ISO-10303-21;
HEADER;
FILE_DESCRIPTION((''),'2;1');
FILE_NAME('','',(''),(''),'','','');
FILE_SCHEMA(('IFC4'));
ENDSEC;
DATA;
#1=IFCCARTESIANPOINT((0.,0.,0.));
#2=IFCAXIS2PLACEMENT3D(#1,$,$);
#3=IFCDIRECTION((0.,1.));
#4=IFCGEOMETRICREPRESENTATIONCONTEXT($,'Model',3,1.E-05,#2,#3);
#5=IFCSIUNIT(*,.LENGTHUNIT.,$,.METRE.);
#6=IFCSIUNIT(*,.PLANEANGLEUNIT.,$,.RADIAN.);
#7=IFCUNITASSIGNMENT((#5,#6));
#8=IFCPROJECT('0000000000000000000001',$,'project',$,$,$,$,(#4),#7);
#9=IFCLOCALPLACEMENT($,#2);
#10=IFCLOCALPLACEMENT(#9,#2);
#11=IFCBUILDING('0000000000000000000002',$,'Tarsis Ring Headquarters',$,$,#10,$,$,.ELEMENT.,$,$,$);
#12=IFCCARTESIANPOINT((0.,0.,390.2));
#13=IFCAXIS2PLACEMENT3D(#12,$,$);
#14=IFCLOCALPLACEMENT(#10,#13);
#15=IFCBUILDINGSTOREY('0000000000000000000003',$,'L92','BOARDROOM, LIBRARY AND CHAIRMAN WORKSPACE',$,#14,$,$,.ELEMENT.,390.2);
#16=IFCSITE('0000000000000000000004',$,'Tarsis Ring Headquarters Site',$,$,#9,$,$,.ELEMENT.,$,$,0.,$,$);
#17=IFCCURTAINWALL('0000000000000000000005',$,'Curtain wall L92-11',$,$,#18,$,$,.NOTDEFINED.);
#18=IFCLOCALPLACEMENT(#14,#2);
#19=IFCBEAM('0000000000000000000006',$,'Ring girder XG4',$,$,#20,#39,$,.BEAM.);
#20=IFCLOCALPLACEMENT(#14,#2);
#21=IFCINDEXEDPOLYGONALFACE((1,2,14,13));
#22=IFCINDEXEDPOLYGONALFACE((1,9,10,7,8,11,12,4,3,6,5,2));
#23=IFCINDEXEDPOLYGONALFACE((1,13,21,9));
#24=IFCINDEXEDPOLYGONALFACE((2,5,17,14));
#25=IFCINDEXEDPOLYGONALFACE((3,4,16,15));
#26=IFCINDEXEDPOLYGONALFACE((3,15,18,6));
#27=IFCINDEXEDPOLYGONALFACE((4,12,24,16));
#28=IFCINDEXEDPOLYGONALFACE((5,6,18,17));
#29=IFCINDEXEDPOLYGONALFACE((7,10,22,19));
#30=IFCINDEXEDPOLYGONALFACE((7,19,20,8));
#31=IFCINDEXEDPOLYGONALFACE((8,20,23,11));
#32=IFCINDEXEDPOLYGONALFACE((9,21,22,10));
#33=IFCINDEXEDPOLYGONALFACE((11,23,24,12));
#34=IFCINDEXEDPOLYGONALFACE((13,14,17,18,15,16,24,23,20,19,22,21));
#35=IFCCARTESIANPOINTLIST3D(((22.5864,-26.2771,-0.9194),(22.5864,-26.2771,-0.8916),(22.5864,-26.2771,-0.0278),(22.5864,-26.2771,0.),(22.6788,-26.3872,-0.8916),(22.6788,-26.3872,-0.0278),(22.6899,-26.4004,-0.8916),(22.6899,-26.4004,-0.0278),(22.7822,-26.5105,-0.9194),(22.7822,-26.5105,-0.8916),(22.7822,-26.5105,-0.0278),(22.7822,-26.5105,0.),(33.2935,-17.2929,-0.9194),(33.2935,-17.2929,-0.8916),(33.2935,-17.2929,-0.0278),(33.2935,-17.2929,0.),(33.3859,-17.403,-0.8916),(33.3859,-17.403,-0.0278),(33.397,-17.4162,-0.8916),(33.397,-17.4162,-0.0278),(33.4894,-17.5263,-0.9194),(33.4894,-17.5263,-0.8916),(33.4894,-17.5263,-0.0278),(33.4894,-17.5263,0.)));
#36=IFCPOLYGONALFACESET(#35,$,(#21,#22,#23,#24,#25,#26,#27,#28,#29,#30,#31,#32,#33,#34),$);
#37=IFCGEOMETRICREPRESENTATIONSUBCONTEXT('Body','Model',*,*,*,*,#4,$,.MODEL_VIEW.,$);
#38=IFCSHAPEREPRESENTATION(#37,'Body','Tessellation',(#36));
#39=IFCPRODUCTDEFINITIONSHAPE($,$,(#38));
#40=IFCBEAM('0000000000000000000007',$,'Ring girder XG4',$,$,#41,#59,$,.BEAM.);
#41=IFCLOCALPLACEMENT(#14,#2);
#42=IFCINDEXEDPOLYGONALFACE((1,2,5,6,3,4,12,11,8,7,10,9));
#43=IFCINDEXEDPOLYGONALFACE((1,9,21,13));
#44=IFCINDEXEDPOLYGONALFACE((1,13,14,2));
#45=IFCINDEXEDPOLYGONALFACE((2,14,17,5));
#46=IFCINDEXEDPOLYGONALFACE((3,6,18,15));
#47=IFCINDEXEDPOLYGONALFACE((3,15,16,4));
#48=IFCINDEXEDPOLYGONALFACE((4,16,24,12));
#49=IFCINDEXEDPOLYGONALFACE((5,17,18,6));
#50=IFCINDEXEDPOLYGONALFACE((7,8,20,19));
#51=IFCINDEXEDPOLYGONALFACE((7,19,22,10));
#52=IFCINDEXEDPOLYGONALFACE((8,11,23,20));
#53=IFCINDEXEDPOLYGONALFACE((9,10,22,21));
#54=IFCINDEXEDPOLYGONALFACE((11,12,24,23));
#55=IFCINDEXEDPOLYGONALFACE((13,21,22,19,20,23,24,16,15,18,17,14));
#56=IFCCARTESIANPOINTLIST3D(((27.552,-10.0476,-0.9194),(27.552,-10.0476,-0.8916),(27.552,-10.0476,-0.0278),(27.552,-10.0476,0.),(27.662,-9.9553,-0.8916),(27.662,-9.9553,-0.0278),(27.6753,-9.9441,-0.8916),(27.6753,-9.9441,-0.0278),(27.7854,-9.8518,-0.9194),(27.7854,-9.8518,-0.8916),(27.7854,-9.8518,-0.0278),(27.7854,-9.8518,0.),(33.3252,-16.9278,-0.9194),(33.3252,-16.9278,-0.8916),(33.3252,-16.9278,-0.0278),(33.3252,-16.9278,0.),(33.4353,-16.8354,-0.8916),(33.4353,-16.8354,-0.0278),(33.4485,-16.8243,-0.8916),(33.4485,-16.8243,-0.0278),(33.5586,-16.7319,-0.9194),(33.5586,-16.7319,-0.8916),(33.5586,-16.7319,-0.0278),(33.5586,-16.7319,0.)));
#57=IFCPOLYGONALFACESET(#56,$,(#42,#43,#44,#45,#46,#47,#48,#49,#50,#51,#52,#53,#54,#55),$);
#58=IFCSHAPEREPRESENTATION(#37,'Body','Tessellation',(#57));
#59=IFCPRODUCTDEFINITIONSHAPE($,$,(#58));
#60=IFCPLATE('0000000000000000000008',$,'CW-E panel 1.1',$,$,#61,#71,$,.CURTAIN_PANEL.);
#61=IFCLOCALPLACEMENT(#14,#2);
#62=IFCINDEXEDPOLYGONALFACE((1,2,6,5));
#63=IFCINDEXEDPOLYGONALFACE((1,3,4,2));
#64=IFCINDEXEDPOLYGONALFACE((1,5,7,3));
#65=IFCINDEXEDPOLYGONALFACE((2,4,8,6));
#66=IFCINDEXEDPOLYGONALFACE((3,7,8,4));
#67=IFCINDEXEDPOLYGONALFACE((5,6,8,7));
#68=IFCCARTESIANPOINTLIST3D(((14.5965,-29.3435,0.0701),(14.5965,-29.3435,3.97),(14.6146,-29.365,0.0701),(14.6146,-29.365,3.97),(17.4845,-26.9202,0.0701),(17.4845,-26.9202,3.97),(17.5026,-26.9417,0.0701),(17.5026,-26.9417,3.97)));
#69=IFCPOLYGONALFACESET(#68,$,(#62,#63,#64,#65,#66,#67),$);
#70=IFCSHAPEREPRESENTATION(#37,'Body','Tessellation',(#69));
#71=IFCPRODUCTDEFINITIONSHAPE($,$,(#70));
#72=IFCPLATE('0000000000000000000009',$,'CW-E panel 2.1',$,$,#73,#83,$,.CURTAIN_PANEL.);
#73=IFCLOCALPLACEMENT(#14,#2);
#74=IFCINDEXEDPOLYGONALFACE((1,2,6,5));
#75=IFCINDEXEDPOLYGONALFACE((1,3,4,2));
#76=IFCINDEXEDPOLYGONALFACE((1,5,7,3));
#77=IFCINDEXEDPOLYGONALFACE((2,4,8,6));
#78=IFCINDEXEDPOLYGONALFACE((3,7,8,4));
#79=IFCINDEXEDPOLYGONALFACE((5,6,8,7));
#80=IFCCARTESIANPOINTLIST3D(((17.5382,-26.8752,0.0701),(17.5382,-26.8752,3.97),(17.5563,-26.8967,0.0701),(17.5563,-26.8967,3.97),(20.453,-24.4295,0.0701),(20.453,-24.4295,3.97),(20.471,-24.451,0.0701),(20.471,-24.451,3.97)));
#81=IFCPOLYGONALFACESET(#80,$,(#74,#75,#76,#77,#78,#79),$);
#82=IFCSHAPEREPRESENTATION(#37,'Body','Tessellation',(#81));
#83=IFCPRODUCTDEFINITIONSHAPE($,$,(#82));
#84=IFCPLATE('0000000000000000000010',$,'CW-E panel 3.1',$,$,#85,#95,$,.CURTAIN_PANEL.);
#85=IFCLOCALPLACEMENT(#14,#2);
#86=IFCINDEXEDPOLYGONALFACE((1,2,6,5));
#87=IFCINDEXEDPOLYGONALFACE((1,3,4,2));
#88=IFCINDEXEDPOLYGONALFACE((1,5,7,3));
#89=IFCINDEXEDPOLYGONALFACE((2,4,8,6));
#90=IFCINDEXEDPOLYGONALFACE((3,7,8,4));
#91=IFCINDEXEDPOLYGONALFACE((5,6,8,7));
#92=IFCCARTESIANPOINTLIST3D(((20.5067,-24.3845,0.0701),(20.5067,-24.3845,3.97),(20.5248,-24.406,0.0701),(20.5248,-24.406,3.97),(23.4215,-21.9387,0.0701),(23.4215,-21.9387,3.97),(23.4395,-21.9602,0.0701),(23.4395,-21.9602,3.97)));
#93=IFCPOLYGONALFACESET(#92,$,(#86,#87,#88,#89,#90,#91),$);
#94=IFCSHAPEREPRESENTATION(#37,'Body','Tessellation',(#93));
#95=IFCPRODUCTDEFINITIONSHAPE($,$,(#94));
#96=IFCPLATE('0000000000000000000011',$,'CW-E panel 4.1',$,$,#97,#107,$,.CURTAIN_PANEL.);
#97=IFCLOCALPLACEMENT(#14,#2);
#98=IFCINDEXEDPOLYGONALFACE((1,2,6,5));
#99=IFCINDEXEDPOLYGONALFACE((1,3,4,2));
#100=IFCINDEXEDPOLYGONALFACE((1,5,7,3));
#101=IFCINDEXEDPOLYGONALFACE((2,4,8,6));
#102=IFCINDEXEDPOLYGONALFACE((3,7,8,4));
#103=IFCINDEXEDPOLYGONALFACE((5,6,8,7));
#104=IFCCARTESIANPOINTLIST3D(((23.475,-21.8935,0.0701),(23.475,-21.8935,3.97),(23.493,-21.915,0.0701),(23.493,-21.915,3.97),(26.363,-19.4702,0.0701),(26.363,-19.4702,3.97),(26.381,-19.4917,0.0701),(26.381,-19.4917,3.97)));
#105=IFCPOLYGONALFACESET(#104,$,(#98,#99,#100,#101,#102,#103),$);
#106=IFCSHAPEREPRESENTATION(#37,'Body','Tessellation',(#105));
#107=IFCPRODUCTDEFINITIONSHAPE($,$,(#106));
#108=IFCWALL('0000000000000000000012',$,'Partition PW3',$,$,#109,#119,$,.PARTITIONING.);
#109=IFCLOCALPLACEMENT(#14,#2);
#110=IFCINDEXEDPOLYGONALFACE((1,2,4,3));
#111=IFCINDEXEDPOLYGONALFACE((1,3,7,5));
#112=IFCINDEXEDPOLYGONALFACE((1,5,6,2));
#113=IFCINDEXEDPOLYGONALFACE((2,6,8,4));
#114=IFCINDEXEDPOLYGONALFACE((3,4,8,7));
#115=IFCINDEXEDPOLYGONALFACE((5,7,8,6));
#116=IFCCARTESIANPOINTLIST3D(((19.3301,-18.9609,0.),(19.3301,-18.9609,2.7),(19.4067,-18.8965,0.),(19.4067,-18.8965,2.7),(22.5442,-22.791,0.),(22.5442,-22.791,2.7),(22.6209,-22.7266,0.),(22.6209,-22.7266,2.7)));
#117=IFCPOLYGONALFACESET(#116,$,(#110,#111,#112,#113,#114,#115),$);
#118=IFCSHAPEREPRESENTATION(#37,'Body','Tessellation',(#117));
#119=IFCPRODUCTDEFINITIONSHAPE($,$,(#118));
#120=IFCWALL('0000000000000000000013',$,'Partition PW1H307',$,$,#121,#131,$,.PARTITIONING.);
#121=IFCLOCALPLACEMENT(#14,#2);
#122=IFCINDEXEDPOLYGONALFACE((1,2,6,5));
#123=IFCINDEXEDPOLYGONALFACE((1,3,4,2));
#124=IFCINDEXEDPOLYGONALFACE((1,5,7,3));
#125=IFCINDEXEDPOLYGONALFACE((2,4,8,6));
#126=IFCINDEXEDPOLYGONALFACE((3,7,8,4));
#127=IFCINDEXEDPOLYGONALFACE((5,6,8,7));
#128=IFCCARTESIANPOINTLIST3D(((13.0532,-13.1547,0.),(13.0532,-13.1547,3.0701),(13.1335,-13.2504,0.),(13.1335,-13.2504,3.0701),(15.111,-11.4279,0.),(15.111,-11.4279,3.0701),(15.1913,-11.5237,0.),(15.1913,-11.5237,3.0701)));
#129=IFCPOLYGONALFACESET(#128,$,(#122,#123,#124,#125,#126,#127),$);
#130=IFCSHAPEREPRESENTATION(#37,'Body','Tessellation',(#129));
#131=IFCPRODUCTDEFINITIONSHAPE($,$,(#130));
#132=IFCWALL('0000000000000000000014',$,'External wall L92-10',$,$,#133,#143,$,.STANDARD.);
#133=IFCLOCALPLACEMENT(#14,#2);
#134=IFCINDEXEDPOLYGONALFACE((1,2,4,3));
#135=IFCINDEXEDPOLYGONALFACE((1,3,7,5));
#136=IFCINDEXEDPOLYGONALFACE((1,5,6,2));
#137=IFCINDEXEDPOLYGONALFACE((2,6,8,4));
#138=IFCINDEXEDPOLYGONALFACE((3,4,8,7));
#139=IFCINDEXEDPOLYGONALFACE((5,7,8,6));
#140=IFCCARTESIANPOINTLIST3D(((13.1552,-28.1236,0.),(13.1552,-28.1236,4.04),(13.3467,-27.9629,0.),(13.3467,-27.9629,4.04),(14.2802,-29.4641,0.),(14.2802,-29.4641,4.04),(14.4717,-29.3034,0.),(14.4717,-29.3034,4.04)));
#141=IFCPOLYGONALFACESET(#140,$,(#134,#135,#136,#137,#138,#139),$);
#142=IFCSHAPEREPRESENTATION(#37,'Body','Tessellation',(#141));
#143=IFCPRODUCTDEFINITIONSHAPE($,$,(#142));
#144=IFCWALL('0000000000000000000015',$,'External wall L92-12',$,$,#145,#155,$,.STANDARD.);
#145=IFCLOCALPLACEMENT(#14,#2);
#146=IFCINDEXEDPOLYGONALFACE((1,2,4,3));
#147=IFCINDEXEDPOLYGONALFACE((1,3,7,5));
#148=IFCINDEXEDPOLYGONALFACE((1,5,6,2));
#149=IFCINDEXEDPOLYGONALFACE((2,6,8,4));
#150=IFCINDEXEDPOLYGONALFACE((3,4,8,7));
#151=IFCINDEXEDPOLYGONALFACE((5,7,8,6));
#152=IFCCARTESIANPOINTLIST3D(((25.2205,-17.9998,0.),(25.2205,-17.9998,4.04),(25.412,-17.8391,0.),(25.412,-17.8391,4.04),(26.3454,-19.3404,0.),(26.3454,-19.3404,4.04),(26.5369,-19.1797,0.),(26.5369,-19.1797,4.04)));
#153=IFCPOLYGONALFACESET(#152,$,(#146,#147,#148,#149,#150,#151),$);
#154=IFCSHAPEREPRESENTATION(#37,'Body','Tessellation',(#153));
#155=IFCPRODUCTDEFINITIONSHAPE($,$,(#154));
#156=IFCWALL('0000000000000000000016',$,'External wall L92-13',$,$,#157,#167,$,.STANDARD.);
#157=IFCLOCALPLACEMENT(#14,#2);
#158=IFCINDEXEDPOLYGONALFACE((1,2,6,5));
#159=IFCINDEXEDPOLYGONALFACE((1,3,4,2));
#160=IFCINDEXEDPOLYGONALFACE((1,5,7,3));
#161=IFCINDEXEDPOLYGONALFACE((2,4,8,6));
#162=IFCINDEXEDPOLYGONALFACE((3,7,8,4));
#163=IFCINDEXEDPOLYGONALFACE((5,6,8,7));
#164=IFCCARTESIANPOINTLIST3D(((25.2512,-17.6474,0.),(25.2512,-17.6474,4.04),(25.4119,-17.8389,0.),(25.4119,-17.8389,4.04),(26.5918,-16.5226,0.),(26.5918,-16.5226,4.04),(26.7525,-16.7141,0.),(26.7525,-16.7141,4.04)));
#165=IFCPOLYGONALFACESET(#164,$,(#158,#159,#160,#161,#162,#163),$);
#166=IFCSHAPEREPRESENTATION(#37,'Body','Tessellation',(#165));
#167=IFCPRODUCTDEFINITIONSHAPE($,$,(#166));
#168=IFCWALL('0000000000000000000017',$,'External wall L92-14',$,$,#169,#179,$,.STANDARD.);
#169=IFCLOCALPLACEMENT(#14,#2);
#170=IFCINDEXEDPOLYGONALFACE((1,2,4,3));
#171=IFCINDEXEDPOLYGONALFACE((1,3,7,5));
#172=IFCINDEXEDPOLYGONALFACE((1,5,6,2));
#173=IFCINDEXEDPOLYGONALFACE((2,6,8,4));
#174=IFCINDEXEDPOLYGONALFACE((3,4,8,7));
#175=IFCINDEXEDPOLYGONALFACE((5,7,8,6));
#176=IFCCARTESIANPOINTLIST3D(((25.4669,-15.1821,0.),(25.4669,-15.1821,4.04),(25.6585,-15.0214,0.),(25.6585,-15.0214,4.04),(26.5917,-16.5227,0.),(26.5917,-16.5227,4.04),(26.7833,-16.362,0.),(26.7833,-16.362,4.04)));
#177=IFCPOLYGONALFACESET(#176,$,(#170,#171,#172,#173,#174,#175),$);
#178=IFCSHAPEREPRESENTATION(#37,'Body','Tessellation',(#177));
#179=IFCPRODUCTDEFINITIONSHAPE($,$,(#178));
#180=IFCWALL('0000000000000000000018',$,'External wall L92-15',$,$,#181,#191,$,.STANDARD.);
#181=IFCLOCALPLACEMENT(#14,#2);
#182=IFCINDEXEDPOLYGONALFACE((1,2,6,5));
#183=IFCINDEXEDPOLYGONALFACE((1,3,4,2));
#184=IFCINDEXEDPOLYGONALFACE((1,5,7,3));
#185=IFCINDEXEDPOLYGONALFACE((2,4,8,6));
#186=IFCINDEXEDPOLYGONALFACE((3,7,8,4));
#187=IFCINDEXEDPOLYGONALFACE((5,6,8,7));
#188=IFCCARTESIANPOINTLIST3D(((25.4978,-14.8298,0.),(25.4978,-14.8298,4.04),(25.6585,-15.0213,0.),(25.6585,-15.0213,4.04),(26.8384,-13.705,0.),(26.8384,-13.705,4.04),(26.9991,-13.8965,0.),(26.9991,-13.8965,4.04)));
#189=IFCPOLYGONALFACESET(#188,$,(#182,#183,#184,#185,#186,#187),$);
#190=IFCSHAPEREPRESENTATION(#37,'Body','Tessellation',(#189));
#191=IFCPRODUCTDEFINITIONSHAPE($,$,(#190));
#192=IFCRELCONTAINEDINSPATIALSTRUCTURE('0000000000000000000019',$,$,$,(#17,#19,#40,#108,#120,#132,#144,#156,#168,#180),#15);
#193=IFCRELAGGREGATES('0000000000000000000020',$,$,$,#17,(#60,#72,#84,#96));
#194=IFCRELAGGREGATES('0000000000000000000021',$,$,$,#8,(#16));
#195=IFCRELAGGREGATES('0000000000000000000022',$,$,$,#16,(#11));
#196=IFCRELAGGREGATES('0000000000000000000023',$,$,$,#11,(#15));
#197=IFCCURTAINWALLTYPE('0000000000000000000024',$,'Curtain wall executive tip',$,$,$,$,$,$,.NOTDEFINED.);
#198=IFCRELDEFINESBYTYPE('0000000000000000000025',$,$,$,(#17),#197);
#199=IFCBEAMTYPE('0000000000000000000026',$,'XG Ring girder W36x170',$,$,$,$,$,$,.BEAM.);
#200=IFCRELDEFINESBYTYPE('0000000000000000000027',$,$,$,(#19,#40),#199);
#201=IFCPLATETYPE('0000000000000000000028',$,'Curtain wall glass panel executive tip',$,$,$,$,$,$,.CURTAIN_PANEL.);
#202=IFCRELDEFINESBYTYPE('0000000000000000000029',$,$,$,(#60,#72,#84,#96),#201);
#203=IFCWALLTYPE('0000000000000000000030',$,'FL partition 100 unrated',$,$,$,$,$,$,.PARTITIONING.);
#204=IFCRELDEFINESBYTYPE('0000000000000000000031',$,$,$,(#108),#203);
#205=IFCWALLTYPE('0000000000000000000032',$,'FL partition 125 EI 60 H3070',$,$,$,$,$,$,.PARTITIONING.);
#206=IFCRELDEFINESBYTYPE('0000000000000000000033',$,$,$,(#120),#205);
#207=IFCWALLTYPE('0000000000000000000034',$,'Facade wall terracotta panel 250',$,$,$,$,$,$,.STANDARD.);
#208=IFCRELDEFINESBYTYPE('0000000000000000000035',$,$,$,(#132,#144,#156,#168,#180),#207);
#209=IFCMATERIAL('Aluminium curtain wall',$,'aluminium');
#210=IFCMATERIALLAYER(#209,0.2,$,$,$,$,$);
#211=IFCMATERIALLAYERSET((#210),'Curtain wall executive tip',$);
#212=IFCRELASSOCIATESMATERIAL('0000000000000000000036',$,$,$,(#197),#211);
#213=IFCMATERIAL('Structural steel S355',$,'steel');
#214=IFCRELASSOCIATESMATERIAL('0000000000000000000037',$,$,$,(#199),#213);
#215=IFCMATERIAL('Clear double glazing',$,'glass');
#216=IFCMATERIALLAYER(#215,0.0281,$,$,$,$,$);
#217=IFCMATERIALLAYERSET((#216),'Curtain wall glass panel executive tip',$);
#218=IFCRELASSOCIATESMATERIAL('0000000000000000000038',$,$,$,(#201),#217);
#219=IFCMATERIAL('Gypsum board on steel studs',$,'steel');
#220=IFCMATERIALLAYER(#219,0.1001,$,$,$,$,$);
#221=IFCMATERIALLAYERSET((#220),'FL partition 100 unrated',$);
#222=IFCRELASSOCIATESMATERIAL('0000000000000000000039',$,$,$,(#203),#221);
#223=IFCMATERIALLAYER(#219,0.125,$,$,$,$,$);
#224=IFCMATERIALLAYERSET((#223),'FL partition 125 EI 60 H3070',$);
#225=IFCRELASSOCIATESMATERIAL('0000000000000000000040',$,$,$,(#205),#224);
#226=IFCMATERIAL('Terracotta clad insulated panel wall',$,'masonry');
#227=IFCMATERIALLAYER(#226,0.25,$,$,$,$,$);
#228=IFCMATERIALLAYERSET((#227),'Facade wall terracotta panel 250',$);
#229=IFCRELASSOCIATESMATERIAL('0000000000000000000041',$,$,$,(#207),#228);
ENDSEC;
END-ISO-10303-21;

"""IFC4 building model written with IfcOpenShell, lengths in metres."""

from ifc_helpers import new_model, si_unit, direction, frame, frame_2d, origin, origin_2d, place, context, subcontext, project, spatial, rectangle, i_section, extrude, material, layer, layer_set, material_profile, profile_set, type_object, element, aggregate, save


model = new_model("IFC4")

# Units and contexts
model_context = context("Model", 3, precision=1e-05, world=origin(), true_north=direction((0.0, 1.0)))
body_context = subcontext(model_context, "Body", "Model", "MODEL_VIEW")
ifc_project = project(units=[si_unit("LENGTHUNIT", "METRE"), si_unit("PLANEANGLEUNIT", "RADIAN")], contexts=[model_context])

# Site, building, storey
site_placement = place(None, origin())
site = spatial("IfcSite", under=ifc_project, at=site_placement, Name="Tarsis Ring Headquarters Site", CompositionType="ELEMENT", RefElevation=0.0)
building_placement = place(site_placement, origin())
building = spatial("IfcBuilding", under=site, at=building_placement, Name="Tarsis Ring Headquarters", CompositionType="ELEMENT")
storey_placement = place(building_placement, frame((0.0, 0.0, 390.2)))
storey = spatial("IfcBuildingStorey", under=building, at=storey_placement, Name="L92", Description="BOARDROOM, LIBRARY AND CHAIRMAN WORKSPACE", CompositionType="ELEMENT", Elevation=390.2)

# Shared definitions
ifc_material_1 = material(Name="Structural steel S355", Category="steel")

# Curtain wall
ifc_material_2 = material(Name="Aluminium curtain wall", Category="aluminium")
ifc_layer_1 = layer(ifc_material_2, 0.2)
ifc_layer_set_1 = layer_set([ifc_layer_1], Name="Curtain wall executive tip")
curtain_wall_type = type_object("IfcCurtainWallType", Name="Curtain wall executive tip", PredefinedType="NOTDEFINED", material=ifc_layer_set_1)
curtain_wall_placement = place(storey_placement, origin())
curtain_wall = element("IfcCurtainWall", 1, at=curtain_wall_placement, inside=storey, type_object=curtain_wall_type, Name="Curtain wall L92-11", PredefinedType="NOTDEFINED")

# Beams
ifc_material_profile_1 = material_profile(ifc_material_1, i_section(OverallWidth=0.3047, OverallDepth=0.9194, WebThickness=0.0173, FlangeThickness=0.0278, at=origin_2d()), Name="W36x170")
ifc_profile_set_1 = profile_set([ifc_material_profile_1], Name="Structural steel S355")
beam_type = type_object("IfcBeamType", Name="XG Ring girder W36x170", PredefinedType="BEAM", material=ifc_profile_set_1)
beam_1_placement = place(storey_placement, frame((22.6843, -26.3938, -0.4597), z_axis=(0.766049, 0.642782, 0.0), x_axis=(-0.642782, 0.766049, 0.0)))
element("IfcBeam", 2, at=beam_1_placement, inside=storey, type_object=beam_type, Name="Ring girder XG4", PredefinedType="BEAM", context=body_context, shape_type="SweptSolid", body=[
    extrude(i_section(OverallWidth=0.3047, OverallDepth=0.9194, WebThickness=0.0173, FlangeThickness=0.0278, at=origin_2d()), origin(), (0.0, 0.0, 1.0), 13.9771),
])
beam_2_placement = place(storey_placement, frame((33.4419, -16.8298, -0.4597), z_axis=(-0.642793, 0.76604, 0.0), x_axis=(-0.76604, -0.642793, 0.0)))
element("IfcBeam", 3, at=beam_2_placement, inside=storey, type_object=beam_type, Name="Ring girder XG4", PredefinedType="BEAM", context=body_context, shape_type="SweptSolid", body=[
    extrude(i_section(OverallWidth=0.3047, OverallDepth=0.9194, WebThickness=0.0173, FlangeThickness=0.0278, at=origin_2d()), origin(), (0.0, 0.0, 1.0), 8.9814),
])

# Plates
ifc_material_3 = material(Name="Clear double glazing", Category="glass")
ifc_layer_2 = layer(ifc_material_3, 0.0281)
ifc_layer_set_2 = layer_set([ifc_layer_2], Name="Curtain wall glass panel executive tip")
plate_type = type_object("IfcPlateType", Name="Curtain wall glass panel executive tip", PredefinedType="CURTAIN_PANEL", material=ifc_layer_set_2)
plate_1_placement = place(storey_placement, frame((16.0496, -28.1426, 0.0701), z_axis=(0.0, 0.0, 1.0), x_axis=(0.766044, 0.642788, 0.0)))
plate_1 = element("IfcPlate", 4, at=plate_1_placement, type_object=plate_type, Name="CW-E panel 1.1", PredefinedType="CURTAIN_PANEL", context=body_context, shape_type="SweptSolid", body=[
    extrude(rectangle(XDim=3.77, YDim=0.0281, at=origin_2d()), origin(), (0.0, 0.0, 1.0), 3.8999),
])
plate_2_placement = place(storey_placement, frame((19.0046, -25.6631, 0.0701), z_axis=(0.0, 0.0, 1.0), x_axis=(0.766044, 0.642788, 0.0)))
plate_2 = element("IfcPlate", 5, at=plate_2_placement, type_object=plate_type, Name="CW-E panel 2.1", PredefinedType="CURTAIN_PANEL", context=body_context, shape_type="SweptSolid", body=[
    extrude(rectangle(XDim=3.8049, YDim=0.0281, at=origin_2d()), origin(), (0.0, 0.0, 1.0), 3.8999),
])
plate_3_placement = place(storey_placement, frame((21.9731, -23.1724, 0.0701), z_axis=(0.0, 0.0, 1.0), x_axis=(0.766044, 0.642788, 0.0)))
plate_3 = element("IfcPlate", 6, at=plate_3_placement, type_object=plate_type, Name="CW-E panel 3.1", PredefinedType="CURTAIN_PANEL", context=body_context, shape_type="SweptSolid", body=[
    extrude(rectangle(XDim=3.8049, YDim=0.0281, at=origin_2d()), origin(), (0.0, 0.0, 1.0), 3.8999),
])
plate_4_placement = place(storey_placement, frame((24.928, -20.6926, 0.0701), z_axis=(0.0, 0.0, 1.0), x_axis=(0.766044, 0.642788, 0.0)))
plate_4 = element("IfcPlate", 7, at=plate_4_placement, type_object=plate_type, Name="CW-E panel 4.1", PredefinedType="CURTAIN_PANEL", context=body_context, shape_type="SweptSolid", body=[
    extrude(rectangle(XDim=3.77, YDim=0.0281, at=origin_2d()), origin(), (0.0, 0.0, 1.0), 3.8999),
])
aggregate(curtain_wall, [plate_1, plate_2, plate_3, plate_4])

# Walls
ifc_material_4 = material(Name="Gypsum board on steel studs", Category="steel")
ifc_layer_3 = layer(ifc_material_4, 0.1001)
ifc_layer_set_3 = layer_set([ifc_layer_3], Name="FL partition 100 unrated")
wall_type_1 = type_object("IfcWallType", Name="FL partition 100 unrated", PredefinedType="PARTITIONING", material=ifc_layer_set_3)
wall_1_placement = place(storey_placement, frame((19.3684, -18.9287, 0.0), z_axis=(0.0, 0.0, 1.0), x_axis=(0.642822, -0.766015, 0.0)))
element("IfcWall", 8, at=wall_1_placement, inside=storey, type_object=wall_type_1, Name="Partition PW3", PredefinedType="PARTITIONING", context=body_context, shape_type="SweptSolid", body=[
    extrude(rectangle(XDim=5.0, YDim=0.1001, at=frame_2d((2.5, 0.0))), origin(), (0.0, 0.0, 1.0), 2.7),
])
ifc_layer_4 = layer(ifc_material_4, 0.125)
ifc_layer_set_4 = layer_set([ifc_layer_4], Name="FL partition 125 EI 60 H3070")
wall_type_2 = type_object("IfcWallType", Name="FL partition 125 EI 60 H3070", PredefinedType="PARTITIONING", material=ifc_layer_set_4)
wall_2_placement = place(storey_placement, frame((13.0933, -13.2026, 0.0), z_axis=(0.0, 0.0, 1.0), x_axis=(0.766034, 0.6428, 0.0)))
element("IfcWall", 9, at=wall_2_placement, inside=storey, type_object=wall_type_2, Name="Partition PW1H307", PredefinedType="PARTITIONING", context=body_context, shape_type="SweptSolid", body=[
    extrude(rectangle(XDim=2.6863, YDim=0.125, at=frame_2d((1.3433, 0.0))), origin(), (0.0, 0.0, 1.0), 3.0701),
])
ifc_material_5 = material(Name="Terracotta clad insulated panel wall", Category="masonry")
ifc_layer_5 = layer(ifc_material_5, 0.25)
ifc_layer_set_5 = layer_set([ifc_layer_5], Name="Facade wall terracotta panel 250")
wall_type_3 = type_object("IfcWallType", Name="Facade wall terracotta panel 250", PredefinedType="STANDARD", material=ifc_layer_set_5)
for number, where, z_axis, x_axis, name in (
    (10, (13.251, -28.0432, 0.0), (0.0, 0.0, 1.0), (0.642829, -0.76601, 0.0), "External wall L92-10"),
    (11, (26.4412, -19.26, 0.0), (0.0, 0.0, 1.0), (-0.642829, 0.76601, 0.0), "External wall L92-12"),
    (12, (25.3315, -17.7432, 0.0), (0.0, 0.0, 1.0), (0.766079, 0.642747, 0.0), "External wall L92-13"),
    (13, (26.6875, -16.4424, 0.0), (0.0, 0.0, 1.0), (-0.642747, 0.766079, 0.0), "External wall L92-14"),
    (14, (25.5781, -14.9255, 0.0), (0.0, 0.0, 1.0), (0.766079, 0.642747, 0.0), "External wall L92-15"),
):
    element("IfcWall", number, at=place(storey_placement, frame(where, z_axis=z_axis, x_axis=x_axis)), inside=storey, type_object=wall_type_3, Name=name, PredefinedType="STANDARD", context=body_context, shape_type="SweptSolid", body=[
        extrude(rectangle(XDim=1.75, YDim=0.25, at=frame_2d((0.875, 0.0))), origin(), (0.0, 0.0, 1.0), 4.04),
    ])

save(model, "model.ifc")
